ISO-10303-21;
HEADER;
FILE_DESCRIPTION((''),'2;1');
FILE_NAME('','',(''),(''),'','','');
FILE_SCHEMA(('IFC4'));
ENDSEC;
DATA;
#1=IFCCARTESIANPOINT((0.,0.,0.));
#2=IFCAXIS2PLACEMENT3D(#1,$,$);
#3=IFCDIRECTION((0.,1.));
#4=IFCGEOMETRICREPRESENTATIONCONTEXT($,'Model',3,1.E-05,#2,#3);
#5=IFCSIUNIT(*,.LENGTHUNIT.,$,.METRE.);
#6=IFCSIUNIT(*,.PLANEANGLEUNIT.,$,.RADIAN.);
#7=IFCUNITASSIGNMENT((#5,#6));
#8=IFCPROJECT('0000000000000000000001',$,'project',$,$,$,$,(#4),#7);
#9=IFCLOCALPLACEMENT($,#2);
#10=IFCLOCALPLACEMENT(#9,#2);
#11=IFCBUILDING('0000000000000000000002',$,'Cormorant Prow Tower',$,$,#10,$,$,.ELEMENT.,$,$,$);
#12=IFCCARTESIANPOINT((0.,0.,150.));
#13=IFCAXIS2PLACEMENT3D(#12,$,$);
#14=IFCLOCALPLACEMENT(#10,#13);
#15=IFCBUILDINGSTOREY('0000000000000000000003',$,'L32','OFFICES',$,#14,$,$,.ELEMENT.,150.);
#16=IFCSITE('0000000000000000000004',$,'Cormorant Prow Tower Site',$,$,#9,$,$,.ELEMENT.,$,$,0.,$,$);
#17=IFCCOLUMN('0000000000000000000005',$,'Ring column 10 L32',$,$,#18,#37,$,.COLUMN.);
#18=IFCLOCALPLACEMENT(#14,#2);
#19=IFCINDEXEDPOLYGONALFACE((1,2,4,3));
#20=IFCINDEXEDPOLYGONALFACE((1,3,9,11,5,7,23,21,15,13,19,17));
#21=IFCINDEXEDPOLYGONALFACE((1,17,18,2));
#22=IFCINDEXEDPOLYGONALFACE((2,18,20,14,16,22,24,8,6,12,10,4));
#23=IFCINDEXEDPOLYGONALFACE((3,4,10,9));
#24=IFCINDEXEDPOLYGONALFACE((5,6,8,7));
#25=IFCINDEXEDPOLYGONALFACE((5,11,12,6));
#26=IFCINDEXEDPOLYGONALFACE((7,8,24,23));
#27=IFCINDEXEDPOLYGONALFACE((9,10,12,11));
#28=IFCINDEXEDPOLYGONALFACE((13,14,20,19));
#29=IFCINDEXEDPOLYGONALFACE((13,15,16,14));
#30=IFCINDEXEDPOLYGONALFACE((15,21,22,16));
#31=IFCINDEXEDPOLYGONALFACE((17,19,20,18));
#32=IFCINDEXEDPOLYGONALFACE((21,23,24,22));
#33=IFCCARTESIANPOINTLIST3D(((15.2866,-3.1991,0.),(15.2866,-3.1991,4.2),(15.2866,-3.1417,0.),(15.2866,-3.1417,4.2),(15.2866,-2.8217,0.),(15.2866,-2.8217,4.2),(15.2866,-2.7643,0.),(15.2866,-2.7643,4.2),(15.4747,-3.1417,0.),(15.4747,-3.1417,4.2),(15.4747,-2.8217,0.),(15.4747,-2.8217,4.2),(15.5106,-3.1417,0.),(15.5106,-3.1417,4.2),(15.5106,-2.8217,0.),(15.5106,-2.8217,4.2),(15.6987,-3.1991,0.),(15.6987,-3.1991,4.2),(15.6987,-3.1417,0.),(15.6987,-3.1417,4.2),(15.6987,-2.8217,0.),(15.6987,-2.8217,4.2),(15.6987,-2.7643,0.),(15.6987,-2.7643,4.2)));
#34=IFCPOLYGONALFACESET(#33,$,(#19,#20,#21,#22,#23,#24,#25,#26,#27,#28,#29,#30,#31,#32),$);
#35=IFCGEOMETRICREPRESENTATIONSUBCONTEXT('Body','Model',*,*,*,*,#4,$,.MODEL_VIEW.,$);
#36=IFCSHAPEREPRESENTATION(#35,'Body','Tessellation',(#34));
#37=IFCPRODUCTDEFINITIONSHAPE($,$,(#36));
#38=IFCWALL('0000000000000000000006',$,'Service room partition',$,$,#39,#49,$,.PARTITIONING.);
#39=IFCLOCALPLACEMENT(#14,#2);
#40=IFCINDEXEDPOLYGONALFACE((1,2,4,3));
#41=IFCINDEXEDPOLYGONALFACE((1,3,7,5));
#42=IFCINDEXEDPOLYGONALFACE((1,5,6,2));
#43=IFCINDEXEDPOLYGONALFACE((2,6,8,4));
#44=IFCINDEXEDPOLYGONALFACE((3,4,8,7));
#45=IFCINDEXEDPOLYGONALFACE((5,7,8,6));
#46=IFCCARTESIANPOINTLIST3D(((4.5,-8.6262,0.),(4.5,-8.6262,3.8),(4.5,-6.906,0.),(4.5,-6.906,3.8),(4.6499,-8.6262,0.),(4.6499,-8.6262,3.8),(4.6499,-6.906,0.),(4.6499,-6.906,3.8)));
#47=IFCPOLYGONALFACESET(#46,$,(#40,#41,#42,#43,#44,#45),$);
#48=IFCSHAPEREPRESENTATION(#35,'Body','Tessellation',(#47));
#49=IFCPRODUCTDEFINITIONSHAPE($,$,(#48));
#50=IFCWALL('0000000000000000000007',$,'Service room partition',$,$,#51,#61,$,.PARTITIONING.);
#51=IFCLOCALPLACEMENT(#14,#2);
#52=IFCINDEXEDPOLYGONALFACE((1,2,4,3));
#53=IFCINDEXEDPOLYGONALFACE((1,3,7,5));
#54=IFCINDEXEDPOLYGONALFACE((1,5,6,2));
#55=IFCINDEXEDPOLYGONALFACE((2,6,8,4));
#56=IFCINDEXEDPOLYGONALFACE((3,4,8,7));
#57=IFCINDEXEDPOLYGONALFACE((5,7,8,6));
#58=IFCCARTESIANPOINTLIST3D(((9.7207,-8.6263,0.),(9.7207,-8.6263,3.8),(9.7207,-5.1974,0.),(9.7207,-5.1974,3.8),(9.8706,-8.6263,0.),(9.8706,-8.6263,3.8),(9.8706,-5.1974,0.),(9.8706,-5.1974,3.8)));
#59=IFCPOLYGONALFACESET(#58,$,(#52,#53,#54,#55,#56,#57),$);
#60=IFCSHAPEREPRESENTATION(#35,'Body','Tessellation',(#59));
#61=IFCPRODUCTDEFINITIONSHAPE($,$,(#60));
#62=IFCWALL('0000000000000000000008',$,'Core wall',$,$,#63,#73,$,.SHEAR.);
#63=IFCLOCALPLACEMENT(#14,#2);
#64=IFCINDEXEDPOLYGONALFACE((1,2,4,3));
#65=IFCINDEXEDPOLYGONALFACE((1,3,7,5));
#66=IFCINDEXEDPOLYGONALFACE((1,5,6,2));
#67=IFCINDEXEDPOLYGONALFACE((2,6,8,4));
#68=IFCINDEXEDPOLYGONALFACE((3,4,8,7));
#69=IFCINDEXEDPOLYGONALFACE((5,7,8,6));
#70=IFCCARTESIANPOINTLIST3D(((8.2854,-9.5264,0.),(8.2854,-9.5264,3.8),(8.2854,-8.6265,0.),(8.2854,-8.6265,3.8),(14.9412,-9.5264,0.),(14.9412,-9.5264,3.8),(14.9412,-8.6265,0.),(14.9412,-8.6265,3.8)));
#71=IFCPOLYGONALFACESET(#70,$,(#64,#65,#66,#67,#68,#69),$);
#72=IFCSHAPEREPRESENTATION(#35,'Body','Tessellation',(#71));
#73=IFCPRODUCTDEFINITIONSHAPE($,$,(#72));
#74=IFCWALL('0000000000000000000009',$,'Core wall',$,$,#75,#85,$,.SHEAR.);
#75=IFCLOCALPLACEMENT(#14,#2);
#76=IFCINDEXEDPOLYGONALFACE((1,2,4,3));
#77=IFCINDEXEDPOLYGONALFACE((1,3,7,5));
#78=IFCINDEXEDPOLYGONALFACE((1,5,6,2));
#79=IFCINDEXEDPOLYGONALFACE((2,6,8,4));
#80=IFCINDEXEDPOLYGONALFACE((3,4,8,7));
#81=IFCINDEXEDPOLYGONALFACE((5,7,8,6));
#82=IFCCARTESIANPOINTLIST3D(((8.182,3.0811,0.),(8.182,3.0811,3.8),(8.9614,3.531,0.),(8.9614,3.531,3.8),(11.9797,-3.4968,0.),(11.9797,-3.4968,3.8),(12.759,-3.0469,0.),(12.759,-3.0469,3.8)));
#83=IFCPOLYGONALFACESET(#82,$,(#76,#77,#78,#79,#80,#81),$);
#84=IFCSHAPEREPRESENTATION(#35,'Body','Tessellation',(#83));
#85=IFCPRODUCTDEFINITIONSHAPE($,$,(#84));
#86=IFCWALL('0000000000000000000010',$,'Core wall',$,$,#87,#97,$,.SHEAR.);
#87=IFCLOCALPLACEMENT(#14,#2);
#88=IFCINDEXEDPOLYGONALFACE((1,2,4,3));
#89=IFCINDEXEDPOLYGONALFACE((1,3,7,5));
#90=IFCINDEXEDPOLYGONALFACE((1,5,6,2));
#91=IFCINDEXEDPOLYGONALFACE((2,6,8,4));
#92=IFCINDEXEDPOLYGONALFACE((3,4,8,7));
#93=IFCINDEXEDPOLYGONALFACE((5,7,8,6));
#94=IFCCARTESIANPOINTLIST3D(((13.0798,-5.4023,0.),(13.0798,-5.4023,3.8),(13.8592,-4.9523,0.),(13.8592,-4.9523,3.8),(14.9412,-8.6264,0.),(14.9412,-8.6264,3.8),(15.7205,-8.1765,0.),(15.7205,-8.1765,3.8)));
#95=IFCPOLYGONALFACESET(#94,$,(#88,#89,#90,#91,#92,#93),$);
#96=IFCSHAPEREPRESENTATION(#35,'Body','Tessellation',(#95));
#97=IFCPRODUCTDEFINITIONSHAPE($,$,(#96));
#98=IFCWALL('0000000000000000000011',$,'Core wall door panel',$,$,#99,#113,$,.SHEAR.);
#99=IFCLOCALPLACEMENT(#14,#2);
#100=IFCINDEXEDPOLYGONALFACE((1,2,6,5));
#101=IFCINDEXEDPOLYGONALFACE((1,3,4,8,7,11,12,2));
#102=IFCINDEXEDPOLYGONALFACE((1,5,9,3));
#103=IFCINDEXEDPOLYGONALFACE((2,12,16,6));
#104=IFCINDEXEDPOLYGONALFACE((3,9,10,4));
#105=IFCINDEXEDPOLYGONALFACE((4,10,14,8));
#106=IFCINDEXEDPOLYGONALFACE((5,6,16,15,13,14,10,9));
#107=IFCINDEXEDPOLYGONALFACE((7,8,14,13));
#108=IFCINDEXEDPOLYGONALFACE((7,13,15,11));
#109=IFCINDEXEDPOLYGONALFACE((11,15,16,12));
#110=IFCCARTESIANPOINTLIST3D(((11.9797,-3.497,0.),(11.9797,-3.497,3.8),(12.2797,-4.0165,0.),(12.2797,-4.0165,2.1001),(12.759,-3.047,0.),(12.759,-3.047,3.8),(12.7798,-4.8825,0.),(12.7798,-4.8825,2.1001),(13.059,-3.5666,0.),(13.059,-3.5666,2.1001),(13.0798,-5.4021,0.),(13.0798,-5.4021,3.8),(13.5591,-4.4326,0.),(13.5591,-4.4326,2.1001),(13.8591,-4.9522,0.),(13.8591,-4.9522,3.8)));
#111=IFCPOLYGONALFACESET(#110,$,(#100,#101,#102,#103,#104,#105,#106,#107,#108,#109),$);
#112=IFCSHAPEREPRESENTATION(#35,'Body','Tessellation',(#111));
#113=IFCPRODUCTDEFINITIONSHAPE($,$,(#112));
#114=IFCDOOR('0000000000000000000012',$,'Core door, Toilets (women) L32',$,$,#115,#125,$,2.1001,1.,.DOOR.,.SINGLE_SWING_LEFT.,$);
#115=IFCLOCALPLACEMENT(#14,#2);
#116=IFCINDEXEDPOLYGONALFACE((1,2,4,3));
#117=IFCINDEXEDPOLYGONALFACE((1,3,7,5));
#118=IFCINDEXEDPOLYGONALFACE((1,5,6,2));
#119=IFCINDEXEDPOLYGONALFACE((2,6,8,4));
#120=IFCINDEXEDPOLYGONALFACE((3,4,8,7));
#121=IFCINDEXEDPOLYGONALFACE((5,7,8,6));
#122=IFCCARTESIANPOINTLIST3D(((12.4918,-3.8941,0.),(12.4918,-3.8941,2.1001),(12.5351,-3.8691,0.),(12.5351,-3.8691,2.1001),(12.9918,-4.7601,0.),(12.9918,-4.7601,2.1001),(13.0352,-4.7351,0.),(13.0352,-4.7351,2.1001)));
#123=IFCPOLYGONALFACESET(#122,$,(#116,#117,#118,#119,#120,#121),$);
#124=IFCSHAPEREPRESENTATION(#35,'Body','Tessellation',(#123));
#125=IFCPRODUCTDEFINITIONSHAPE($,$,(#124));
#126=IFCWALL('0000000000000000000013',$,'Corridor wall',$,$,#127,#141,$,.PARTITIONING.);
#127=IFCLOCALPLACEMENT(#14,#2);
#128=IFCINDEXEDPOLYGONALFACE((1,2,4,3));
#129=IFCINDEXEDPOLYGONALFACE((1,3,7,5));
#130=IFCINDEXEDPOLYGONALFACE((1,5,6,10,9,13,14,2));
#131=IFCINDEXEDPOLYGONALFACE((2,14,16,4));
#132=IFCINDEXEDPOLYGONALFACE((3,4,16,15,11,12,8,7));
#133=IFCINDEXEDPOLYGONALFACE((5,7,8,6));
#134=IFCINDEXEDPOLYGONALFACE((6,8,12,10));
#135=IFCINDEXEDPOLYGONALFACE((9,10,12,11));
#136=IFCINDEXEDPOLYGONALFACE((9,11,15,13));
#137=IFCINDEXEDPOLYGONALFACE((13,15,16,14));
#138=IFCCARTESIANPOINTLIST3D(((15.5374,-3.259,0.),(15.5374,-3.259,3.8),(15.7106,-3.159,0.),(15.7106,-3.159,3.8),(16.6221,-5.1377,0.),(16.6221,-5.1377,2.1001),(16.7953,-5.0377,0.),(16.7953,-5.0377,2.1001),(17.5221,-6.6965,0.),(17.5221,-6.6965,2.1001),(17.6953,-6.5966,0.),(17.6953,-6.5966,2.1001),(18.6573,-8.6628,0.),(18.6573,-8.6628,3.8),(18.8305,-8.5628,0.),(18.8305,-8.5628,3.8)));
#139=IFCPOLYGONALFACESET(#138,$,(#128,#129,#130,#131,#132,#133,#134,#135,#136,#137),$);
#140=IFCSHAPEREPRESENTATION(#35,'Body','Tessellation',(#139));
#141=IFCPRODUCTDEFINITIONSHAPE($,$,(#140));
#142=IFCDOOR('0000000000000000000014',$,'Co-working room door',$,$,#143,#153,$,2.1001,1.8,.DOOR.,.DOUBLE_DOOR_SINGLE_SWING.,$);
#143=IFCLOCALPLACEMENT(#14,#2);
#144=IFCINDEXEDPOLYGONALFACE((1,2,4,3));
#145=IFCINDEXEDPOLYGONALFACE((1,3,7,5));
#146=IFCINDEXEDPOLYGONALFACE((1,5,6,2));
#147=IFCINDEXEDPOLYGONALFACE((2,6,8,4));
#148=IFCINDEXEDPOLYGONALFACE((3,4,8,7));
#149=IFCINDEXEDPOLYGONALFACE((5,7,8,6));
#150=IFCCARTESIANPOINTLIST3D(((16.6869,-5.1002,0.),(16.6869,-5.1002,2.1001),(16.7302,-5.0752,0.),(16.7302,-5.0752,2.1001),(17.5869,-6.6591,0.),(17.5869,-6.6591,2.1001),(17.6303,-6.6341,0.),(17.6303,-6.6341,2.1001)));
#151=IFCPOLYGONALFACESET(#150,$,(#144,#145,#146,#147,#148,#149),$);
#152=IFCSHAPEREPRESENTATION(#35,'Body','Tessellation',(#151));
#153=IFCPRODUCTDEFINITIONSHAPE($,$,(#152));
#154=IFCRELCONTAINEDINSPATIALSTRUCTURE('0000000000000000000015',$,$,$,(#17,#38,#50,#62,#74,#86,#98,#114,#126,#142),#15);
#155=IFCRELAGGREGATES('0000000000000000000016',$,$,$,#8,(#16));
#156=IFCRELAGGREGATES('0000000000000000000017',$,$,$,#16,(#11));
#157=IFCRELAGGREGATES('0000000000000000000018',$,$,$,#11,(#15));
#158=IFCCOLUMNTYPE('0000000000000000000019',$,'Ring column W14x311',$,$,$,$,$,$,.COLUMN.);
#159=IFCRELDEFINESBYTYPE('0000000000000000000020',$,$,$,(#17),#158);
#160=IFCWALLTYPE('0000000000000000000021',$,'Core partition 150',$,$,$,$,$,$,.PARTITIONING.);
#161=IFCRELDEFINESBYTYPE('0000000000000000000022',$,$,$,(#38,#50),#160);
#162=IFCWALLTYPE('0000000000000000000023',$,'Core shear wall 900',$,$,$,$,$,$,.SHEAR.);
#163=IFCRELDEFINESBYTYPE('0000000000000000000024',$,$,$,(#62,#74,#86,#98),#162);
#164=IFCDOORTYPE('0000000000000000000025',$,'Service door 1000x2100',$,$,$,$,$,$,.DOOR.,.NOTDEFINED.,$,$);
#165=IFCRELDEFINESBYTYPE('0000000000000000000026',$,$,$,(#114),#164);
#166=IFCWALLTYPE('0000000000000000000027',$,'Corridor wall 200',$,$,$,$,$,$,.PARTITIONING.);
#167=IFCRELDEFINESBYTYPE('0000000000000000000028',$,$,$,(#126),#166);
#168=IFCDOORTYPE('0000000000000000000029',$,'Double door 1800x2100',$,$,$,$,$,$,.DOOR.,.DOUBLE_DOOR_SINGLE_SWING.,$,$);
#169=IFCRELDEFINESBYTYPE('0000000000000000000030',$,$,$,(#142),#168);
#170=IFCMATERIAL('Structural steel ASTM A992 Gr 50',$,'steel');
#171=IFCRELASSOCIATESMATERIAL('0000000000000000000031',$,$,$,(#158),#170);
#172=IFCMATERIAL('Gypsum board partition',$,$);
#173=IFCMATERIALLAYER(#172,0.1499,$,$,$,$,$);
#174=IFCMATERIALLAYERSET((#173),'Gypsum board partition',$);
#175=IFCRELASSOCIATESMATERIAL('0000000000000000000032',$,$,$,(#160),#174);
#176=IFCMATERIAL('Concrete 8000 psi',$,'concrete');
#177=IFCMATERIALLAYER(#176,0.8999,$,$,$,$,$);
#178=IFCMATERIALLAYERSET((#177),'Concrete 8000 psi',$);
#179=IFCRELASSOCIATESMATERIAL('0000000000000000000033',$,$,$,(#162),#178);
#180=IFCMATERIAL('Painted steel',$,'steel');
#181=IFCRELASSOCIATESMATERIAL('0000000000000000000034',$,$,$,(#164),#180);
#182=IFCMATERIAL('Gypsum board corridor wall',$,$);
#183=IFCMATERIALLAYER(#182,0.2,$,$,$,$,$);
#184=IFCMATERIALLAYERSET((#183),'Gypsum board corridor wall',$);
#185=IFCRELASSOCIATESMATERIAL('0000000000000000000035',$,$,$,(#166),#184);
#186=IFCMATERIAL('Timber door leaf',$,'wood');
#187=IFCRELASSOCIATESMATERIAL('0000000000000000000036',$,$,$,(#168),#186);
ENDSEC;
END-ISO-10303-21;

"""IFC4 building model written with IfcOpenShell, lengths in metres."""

from ifc_helpers import new_model, si_unit, direction, frame, frame_2d, origin, origin_2d, place, context, subcontext, project, spatial, rectangle, i_section, extrude, material, layer, layer_set, material_profile, profile_set, type_object, element, fill, save


model = new_model("IFC4")

# Units and contexts
model_context = context("Model", 3, precision=1e-05, world=origin(), true_north=direction((0.0, 1.0)))
body_context = subcontext(model_context, "Body", "Model", "MODEL_VIEW")
ifc_project = project(units=[si_unit("LENGTHUNIT", "METRE"), si_unit("PLANEANGLEUNIT", "RADIAN")], contexts=[model_context])

# Site, building, storey
site_placement = place(None, origin())
site = spatial("IfcSite", under=ifc_project, at=site_placement, Name="Cormorant Prow Tower Site", CompositionType="ELEMENT", RefElevation=0.0)
building_placement = place(site_placement, origin())
building = spatial("IfcBuilding", under=site, at=building_placement, Name="Cormorant Prow Tower", CompositionType="ELEMENT")
storey_placement = place(building_placement, frame((0.0, 0.0, 150.0)))
storey = spatial("IfcBuildingStorey", under=building, at=storey_placement, Name="L32", Description="OFFICES", CompositionType="ELEMENT", Elevation=150.0)

# Column
ifc_material_1 = material(Name="Structural steel ASTM A992 Gr 50", Category="steel")
ifc_material_profile = material_profile(ifc_material_1, i_section(OverallWidth=0.4121, OverallDepth=0.4348, WebThickness=0.0359, FlangeThickness=0.0574, at=origin_2d()), Name="W14x311")
ifc_profile_set = profile_set([ifc_material_profile], Name="Structural steel ASTM A992 Gr 50")
column_type = type_object("IfcColumnType", Name="Ring column W14x311", PredefinedType="COLUMN", material=ifc_profile_set)
column_placement = place(storey_placement, frame((15.4927, -2.9817, 0.0), z_axis=(0.0, 0.0, 1.0), x_axis=(1.0, 0.0, 0.0)))
element("IfcColumn", 1, at=column_placement, inside=storey, type_object=column_type, Name="Ring column 10 L32", PredefinedType="COLUMN", context=body_context, shape_type="SweptSolid", body=[
    extrude(i_section(OverallWidth=0.4121, OverallDepth=0.4348, WebThickness=0.0359, FlangeThickness=0.0574, at=origin_2d()), origin(), (0.0, 0.0, 1.0), 4.2),
])

# Walls
ifc_material_2 = material(Name="Gypsum board partition")
ifc_layer_1 = layer(ifc_material_2, 0.1499)
ifc_layer_set_1 = layer_set([ifc_layer_1], Name="Gypsum board partition")
wall_type_1 = type_object("IfcWallType", Name="Core partition 150", PredefinedType="PARTITIONING", material=ifc_layer_set_1)
wall_1_placement = place(storey_placement, frame((4.575, -6.906, 0.0), z_axis=(0.0, 0.0, 1.0), x_axis=(0.0, -1.0, 0.0)))
element("IfcWall", 2, at=wall_1_placement, inside=storey, type_object=wall_type_1, Name="Service room partition", PredefinedType="PARTITIONING", context=body_context, shape_type="SweptSolid", body=[
    extrude(rectangle(XDim=1.7202, YDim=0.1499, at=frame_2d((0.8601, 0.0))), origin(), (0.0, 0.0, 1.0), 3.8),
])
wall_2_placement = place(storey_placement, frame((9.7957, -8.6262, 0.0), z_axis=(0.0, 0.0, 1.0), x_axis=(0.0, 1.0, 0.0)))
element("IfcWall", 3, at=wall_2_placement, inside=storey, type_object=wall_type_1, Name="Service room partition", PredefinedType="PARTITIONING", context=body_context, shape_type="SweptSolid", body=[
    extrude(rectangle(XDim=3.429, YDim=0.1499, at=frame_2d((1.7144, 0.0))), origin(), (0.0, 0.0, 1.0), 3.8),
])
ifc_material_3 = material(Name="Concrete 8000 psi", Category="concrete")
ifc_layer_2 = layer(ifc_material_3, 0.8999)
ifc_layer_set_2 = layer_set([ifc_layer_2], Name="Concrete 8000 psi")
wall_type_2 = type_object("IfcWallType", Name="Core shear wall 900", PredefinedType="SHEAR", material=ifc_layer_set_2)
wall_3_placement = place(storey_placement, frame((8.2854, -9.0764, 0.0), z_axis=(0.0, 0.0, 1.0), x_axis=(1.0, 0.0, 0.0)))
element("IfcWall", 4, at=wall_3_placement, inside=storey, type_object=wall_type_2, Name="Core wall", PredefinedType="SHEAR", context=body_context, shape_type="SweptSolid", body=[
    extrude(rectangle(XDim=6.6558, YDim=0.8999, at=frame_2d((3.3279, 0.0))), origin(), (0.0, 0.0, 1.0), 3.8),
])
wall_4_placement = place(storey_placement, frame((12.3694, -3.272, 0.0), z_axis=(0.0, 0.0, 1.0), x_axis=(-0.499987, 0.866033, 0.0)))
element("IfcWall", 5, at=wall_4_placement, inside=storey, type_object=wall_type_2, Name="Core wall", PredefinedType="SHEAR", context=body_context, shape_type="SweptSolid", body=[
    extrude(rectangle(XDim=7.5955, YDim=0.8999, at=frame_2d((3.7979, 0.0))), origin(), (0.0, 0.0, 1.0), 3.8),
])
wall_5_placement = place(storey_placement, frame((15.3308, -8.4014, 0.0), z_axis=(0.0, 0.0, 1.0), x_axis=(-0.499976, 0.866039, 0.0)))
element("IfcWall", 6, at=wall_5_placement, inside=storey, type_object=wall_type_2, Name="Core wall", PredefinedType="SHEAR", context=body_context, shape_type="SweptSolid", body=[
    extrude(rectangle(XDim=3.7229, YDim=0.8999, at=frame_2d((1.8613, 0.0))), origin(), (0.0, 0.0, 1.0), 3.8),
])

# Walls, openings, doors
wall_6_placement = place(storey_placement, frame((13.4695, -5.1772, 0.0), z_axis=(0.0, 0.0, 1.0), x_axis=(-0.50003, 0.866008, 0.0)))
wall_6 = element("IfcWall", 7, at=wall_6_placement, inside=storey, type_object=wall_type_2, Name="Core wall door panel", PredefinedType="SHEAR", context=body_context, shape_type="SweptSolid", body=[
    extrude(rectangle(XDim=2.2, YDim=0.8999, at=frame_2d((1.1001, 0.0))), origin(), (0.0, 0.0, 1.0), 3.8),
])
opening_1_placement = place(wall_6_placement, frame((0.6001, 0.0, 0.0)))
opening_1 = element("IfcOpeningElement", 8, at=opening_1_placement, cuts=wall_6, PredefinedType="OPENING", context=body_context, shape_type="SweptSolid", body=[
    extrude(rectangle(XDim=1.0, YDim=2.1001, at=frame_2d((0.5, 1.05))), frame((0.0, 0.46, 0.0), z_axis=(0.0, -1.0, 0.0), x_axis=(1.0, 0.0, 0.0)), (0.0, 0.0, 1.0), 0.9199),
])
ifc_material_4 = material(Name="Painted steel", Category="steel")
door_type_1 = type_object("IfcDoorType", Name="Service door 1000x2100", OperationType="NOTDEFINED", PredefinedType="DOOR", material=ifc_material_4)
door_1_placement = place(opening_1_placement, origin())
door_1 = element("IfcDoor", 9, at=door_1_placement, inside=storey, type_object=door_type_1, Name="Core door, Toilets (women) L32", OperationType="SINGLE_SWING_LEFT", OverallHeight=2.1001, OverallWidth=1.0, PredefinedType="DOOR", context=body_context, shape_type="SweptSolid", body=[
    extrude(rectangle(XDim=1.0, YDim=2.1001, at=frame_2d((0.5, 1.05))), frame((0.0, 0.2051, 0.0), z_axis=(0.0, -1.0, 0.0), x_axis=(1.0, 0.0, 0.0)), (0.0, 0.0, 1.0), 0.05),
])
fill(opening_1, door_1)
ifc_material_5 = material(Name="Gypsum board corridor wall")
ifc_layer_3 = layer(ifc_material_5, 0.2)
ifc_layer_set_3 = layer_set([ifc_layer_3], Name="Gypsum board corridor wall")
wall_type_3 = type_object("IfcWallType", Name="Corridor wall 200", PredefinedType="PARTITIONING", material=ifc_layer_set_3)
wall_7_placement = place(storey_placement, frame((15.624, -3.209, 0.0), z_axis=(0.0, 0.0, 1.0), x_axis=(0.499998, -0.866027, 0.0)))
wall_7 = element("IfcWall", 10, at=wall_7_placement, inside=storey, type_object=wall_type_3, Name="Corridor wall", PredefinedType="PARTITIONING", context=body_context, shape_type="SweptSolid", body=[
    extrude(rectangle(XDim=6.2397, YDim=0.2, at=frame_2d((3.1199, 0.0))), origin(), (0.0, 0.0, 1.0), 3.8),
])
opening_2_placement = place(wall_7_placement, frame((2.1694, 0.0, 0.0)))
opening_2 = element("IfcOpeningElement", 11, at=opening_2_placement, cuts=wall_7, PredefinedType="OPENING", context=body_context, shape_type="SweptSolid", body=[
    extrude(rectangle(XDim=1.8, YDim=2.1001, at=frame_2d((0.8999, 1.05))), frame((0.0, 0.1099, 0.0), z_axis=(0.0, -1.0, 0.0), x_axis=(1.0, 0.0, 0.0)), (0.0, 0.0, 1.0), 0.22),
])
ifc_material_6 = material(Name="Timber door leaf", Category="wood")
door_type_2 = type_object("IfcDoorType", Name="Double door 1800x2100", OperationType="DOUBLE_DOOR_SINGLE_SWING", PredefinedType="DOOR", material=ifc_material_6)
door_2_placement = place(opening_2_placement, origin())
door_2 = element("IfcDoor", 12, at=door_2_placement, inside=storey, type_object=door_type_2, Name="Co-working room door", OperationType="DOUBLE_DOOR_SINGLE_SWING", OverallHeight=2.1001, OverallWidth=1.8, PredefinedType="DOOR", context=body_context, shape_type="SweptSolid", body=[
    extrude(rectangle(XDim=1.8, YDim=2.1001, at=frame_2d((0.8999, 1.05))), frame((0.0, 0.0249, 0.0), z_axis=(0.0, -1.0, 0.0), x_axis=(1.0, 0.0, 0.0)), (0.0, 0.0, 1.0), 0.05),
])
fill(opening_2, door_2)

save(model, "model.ifc")
